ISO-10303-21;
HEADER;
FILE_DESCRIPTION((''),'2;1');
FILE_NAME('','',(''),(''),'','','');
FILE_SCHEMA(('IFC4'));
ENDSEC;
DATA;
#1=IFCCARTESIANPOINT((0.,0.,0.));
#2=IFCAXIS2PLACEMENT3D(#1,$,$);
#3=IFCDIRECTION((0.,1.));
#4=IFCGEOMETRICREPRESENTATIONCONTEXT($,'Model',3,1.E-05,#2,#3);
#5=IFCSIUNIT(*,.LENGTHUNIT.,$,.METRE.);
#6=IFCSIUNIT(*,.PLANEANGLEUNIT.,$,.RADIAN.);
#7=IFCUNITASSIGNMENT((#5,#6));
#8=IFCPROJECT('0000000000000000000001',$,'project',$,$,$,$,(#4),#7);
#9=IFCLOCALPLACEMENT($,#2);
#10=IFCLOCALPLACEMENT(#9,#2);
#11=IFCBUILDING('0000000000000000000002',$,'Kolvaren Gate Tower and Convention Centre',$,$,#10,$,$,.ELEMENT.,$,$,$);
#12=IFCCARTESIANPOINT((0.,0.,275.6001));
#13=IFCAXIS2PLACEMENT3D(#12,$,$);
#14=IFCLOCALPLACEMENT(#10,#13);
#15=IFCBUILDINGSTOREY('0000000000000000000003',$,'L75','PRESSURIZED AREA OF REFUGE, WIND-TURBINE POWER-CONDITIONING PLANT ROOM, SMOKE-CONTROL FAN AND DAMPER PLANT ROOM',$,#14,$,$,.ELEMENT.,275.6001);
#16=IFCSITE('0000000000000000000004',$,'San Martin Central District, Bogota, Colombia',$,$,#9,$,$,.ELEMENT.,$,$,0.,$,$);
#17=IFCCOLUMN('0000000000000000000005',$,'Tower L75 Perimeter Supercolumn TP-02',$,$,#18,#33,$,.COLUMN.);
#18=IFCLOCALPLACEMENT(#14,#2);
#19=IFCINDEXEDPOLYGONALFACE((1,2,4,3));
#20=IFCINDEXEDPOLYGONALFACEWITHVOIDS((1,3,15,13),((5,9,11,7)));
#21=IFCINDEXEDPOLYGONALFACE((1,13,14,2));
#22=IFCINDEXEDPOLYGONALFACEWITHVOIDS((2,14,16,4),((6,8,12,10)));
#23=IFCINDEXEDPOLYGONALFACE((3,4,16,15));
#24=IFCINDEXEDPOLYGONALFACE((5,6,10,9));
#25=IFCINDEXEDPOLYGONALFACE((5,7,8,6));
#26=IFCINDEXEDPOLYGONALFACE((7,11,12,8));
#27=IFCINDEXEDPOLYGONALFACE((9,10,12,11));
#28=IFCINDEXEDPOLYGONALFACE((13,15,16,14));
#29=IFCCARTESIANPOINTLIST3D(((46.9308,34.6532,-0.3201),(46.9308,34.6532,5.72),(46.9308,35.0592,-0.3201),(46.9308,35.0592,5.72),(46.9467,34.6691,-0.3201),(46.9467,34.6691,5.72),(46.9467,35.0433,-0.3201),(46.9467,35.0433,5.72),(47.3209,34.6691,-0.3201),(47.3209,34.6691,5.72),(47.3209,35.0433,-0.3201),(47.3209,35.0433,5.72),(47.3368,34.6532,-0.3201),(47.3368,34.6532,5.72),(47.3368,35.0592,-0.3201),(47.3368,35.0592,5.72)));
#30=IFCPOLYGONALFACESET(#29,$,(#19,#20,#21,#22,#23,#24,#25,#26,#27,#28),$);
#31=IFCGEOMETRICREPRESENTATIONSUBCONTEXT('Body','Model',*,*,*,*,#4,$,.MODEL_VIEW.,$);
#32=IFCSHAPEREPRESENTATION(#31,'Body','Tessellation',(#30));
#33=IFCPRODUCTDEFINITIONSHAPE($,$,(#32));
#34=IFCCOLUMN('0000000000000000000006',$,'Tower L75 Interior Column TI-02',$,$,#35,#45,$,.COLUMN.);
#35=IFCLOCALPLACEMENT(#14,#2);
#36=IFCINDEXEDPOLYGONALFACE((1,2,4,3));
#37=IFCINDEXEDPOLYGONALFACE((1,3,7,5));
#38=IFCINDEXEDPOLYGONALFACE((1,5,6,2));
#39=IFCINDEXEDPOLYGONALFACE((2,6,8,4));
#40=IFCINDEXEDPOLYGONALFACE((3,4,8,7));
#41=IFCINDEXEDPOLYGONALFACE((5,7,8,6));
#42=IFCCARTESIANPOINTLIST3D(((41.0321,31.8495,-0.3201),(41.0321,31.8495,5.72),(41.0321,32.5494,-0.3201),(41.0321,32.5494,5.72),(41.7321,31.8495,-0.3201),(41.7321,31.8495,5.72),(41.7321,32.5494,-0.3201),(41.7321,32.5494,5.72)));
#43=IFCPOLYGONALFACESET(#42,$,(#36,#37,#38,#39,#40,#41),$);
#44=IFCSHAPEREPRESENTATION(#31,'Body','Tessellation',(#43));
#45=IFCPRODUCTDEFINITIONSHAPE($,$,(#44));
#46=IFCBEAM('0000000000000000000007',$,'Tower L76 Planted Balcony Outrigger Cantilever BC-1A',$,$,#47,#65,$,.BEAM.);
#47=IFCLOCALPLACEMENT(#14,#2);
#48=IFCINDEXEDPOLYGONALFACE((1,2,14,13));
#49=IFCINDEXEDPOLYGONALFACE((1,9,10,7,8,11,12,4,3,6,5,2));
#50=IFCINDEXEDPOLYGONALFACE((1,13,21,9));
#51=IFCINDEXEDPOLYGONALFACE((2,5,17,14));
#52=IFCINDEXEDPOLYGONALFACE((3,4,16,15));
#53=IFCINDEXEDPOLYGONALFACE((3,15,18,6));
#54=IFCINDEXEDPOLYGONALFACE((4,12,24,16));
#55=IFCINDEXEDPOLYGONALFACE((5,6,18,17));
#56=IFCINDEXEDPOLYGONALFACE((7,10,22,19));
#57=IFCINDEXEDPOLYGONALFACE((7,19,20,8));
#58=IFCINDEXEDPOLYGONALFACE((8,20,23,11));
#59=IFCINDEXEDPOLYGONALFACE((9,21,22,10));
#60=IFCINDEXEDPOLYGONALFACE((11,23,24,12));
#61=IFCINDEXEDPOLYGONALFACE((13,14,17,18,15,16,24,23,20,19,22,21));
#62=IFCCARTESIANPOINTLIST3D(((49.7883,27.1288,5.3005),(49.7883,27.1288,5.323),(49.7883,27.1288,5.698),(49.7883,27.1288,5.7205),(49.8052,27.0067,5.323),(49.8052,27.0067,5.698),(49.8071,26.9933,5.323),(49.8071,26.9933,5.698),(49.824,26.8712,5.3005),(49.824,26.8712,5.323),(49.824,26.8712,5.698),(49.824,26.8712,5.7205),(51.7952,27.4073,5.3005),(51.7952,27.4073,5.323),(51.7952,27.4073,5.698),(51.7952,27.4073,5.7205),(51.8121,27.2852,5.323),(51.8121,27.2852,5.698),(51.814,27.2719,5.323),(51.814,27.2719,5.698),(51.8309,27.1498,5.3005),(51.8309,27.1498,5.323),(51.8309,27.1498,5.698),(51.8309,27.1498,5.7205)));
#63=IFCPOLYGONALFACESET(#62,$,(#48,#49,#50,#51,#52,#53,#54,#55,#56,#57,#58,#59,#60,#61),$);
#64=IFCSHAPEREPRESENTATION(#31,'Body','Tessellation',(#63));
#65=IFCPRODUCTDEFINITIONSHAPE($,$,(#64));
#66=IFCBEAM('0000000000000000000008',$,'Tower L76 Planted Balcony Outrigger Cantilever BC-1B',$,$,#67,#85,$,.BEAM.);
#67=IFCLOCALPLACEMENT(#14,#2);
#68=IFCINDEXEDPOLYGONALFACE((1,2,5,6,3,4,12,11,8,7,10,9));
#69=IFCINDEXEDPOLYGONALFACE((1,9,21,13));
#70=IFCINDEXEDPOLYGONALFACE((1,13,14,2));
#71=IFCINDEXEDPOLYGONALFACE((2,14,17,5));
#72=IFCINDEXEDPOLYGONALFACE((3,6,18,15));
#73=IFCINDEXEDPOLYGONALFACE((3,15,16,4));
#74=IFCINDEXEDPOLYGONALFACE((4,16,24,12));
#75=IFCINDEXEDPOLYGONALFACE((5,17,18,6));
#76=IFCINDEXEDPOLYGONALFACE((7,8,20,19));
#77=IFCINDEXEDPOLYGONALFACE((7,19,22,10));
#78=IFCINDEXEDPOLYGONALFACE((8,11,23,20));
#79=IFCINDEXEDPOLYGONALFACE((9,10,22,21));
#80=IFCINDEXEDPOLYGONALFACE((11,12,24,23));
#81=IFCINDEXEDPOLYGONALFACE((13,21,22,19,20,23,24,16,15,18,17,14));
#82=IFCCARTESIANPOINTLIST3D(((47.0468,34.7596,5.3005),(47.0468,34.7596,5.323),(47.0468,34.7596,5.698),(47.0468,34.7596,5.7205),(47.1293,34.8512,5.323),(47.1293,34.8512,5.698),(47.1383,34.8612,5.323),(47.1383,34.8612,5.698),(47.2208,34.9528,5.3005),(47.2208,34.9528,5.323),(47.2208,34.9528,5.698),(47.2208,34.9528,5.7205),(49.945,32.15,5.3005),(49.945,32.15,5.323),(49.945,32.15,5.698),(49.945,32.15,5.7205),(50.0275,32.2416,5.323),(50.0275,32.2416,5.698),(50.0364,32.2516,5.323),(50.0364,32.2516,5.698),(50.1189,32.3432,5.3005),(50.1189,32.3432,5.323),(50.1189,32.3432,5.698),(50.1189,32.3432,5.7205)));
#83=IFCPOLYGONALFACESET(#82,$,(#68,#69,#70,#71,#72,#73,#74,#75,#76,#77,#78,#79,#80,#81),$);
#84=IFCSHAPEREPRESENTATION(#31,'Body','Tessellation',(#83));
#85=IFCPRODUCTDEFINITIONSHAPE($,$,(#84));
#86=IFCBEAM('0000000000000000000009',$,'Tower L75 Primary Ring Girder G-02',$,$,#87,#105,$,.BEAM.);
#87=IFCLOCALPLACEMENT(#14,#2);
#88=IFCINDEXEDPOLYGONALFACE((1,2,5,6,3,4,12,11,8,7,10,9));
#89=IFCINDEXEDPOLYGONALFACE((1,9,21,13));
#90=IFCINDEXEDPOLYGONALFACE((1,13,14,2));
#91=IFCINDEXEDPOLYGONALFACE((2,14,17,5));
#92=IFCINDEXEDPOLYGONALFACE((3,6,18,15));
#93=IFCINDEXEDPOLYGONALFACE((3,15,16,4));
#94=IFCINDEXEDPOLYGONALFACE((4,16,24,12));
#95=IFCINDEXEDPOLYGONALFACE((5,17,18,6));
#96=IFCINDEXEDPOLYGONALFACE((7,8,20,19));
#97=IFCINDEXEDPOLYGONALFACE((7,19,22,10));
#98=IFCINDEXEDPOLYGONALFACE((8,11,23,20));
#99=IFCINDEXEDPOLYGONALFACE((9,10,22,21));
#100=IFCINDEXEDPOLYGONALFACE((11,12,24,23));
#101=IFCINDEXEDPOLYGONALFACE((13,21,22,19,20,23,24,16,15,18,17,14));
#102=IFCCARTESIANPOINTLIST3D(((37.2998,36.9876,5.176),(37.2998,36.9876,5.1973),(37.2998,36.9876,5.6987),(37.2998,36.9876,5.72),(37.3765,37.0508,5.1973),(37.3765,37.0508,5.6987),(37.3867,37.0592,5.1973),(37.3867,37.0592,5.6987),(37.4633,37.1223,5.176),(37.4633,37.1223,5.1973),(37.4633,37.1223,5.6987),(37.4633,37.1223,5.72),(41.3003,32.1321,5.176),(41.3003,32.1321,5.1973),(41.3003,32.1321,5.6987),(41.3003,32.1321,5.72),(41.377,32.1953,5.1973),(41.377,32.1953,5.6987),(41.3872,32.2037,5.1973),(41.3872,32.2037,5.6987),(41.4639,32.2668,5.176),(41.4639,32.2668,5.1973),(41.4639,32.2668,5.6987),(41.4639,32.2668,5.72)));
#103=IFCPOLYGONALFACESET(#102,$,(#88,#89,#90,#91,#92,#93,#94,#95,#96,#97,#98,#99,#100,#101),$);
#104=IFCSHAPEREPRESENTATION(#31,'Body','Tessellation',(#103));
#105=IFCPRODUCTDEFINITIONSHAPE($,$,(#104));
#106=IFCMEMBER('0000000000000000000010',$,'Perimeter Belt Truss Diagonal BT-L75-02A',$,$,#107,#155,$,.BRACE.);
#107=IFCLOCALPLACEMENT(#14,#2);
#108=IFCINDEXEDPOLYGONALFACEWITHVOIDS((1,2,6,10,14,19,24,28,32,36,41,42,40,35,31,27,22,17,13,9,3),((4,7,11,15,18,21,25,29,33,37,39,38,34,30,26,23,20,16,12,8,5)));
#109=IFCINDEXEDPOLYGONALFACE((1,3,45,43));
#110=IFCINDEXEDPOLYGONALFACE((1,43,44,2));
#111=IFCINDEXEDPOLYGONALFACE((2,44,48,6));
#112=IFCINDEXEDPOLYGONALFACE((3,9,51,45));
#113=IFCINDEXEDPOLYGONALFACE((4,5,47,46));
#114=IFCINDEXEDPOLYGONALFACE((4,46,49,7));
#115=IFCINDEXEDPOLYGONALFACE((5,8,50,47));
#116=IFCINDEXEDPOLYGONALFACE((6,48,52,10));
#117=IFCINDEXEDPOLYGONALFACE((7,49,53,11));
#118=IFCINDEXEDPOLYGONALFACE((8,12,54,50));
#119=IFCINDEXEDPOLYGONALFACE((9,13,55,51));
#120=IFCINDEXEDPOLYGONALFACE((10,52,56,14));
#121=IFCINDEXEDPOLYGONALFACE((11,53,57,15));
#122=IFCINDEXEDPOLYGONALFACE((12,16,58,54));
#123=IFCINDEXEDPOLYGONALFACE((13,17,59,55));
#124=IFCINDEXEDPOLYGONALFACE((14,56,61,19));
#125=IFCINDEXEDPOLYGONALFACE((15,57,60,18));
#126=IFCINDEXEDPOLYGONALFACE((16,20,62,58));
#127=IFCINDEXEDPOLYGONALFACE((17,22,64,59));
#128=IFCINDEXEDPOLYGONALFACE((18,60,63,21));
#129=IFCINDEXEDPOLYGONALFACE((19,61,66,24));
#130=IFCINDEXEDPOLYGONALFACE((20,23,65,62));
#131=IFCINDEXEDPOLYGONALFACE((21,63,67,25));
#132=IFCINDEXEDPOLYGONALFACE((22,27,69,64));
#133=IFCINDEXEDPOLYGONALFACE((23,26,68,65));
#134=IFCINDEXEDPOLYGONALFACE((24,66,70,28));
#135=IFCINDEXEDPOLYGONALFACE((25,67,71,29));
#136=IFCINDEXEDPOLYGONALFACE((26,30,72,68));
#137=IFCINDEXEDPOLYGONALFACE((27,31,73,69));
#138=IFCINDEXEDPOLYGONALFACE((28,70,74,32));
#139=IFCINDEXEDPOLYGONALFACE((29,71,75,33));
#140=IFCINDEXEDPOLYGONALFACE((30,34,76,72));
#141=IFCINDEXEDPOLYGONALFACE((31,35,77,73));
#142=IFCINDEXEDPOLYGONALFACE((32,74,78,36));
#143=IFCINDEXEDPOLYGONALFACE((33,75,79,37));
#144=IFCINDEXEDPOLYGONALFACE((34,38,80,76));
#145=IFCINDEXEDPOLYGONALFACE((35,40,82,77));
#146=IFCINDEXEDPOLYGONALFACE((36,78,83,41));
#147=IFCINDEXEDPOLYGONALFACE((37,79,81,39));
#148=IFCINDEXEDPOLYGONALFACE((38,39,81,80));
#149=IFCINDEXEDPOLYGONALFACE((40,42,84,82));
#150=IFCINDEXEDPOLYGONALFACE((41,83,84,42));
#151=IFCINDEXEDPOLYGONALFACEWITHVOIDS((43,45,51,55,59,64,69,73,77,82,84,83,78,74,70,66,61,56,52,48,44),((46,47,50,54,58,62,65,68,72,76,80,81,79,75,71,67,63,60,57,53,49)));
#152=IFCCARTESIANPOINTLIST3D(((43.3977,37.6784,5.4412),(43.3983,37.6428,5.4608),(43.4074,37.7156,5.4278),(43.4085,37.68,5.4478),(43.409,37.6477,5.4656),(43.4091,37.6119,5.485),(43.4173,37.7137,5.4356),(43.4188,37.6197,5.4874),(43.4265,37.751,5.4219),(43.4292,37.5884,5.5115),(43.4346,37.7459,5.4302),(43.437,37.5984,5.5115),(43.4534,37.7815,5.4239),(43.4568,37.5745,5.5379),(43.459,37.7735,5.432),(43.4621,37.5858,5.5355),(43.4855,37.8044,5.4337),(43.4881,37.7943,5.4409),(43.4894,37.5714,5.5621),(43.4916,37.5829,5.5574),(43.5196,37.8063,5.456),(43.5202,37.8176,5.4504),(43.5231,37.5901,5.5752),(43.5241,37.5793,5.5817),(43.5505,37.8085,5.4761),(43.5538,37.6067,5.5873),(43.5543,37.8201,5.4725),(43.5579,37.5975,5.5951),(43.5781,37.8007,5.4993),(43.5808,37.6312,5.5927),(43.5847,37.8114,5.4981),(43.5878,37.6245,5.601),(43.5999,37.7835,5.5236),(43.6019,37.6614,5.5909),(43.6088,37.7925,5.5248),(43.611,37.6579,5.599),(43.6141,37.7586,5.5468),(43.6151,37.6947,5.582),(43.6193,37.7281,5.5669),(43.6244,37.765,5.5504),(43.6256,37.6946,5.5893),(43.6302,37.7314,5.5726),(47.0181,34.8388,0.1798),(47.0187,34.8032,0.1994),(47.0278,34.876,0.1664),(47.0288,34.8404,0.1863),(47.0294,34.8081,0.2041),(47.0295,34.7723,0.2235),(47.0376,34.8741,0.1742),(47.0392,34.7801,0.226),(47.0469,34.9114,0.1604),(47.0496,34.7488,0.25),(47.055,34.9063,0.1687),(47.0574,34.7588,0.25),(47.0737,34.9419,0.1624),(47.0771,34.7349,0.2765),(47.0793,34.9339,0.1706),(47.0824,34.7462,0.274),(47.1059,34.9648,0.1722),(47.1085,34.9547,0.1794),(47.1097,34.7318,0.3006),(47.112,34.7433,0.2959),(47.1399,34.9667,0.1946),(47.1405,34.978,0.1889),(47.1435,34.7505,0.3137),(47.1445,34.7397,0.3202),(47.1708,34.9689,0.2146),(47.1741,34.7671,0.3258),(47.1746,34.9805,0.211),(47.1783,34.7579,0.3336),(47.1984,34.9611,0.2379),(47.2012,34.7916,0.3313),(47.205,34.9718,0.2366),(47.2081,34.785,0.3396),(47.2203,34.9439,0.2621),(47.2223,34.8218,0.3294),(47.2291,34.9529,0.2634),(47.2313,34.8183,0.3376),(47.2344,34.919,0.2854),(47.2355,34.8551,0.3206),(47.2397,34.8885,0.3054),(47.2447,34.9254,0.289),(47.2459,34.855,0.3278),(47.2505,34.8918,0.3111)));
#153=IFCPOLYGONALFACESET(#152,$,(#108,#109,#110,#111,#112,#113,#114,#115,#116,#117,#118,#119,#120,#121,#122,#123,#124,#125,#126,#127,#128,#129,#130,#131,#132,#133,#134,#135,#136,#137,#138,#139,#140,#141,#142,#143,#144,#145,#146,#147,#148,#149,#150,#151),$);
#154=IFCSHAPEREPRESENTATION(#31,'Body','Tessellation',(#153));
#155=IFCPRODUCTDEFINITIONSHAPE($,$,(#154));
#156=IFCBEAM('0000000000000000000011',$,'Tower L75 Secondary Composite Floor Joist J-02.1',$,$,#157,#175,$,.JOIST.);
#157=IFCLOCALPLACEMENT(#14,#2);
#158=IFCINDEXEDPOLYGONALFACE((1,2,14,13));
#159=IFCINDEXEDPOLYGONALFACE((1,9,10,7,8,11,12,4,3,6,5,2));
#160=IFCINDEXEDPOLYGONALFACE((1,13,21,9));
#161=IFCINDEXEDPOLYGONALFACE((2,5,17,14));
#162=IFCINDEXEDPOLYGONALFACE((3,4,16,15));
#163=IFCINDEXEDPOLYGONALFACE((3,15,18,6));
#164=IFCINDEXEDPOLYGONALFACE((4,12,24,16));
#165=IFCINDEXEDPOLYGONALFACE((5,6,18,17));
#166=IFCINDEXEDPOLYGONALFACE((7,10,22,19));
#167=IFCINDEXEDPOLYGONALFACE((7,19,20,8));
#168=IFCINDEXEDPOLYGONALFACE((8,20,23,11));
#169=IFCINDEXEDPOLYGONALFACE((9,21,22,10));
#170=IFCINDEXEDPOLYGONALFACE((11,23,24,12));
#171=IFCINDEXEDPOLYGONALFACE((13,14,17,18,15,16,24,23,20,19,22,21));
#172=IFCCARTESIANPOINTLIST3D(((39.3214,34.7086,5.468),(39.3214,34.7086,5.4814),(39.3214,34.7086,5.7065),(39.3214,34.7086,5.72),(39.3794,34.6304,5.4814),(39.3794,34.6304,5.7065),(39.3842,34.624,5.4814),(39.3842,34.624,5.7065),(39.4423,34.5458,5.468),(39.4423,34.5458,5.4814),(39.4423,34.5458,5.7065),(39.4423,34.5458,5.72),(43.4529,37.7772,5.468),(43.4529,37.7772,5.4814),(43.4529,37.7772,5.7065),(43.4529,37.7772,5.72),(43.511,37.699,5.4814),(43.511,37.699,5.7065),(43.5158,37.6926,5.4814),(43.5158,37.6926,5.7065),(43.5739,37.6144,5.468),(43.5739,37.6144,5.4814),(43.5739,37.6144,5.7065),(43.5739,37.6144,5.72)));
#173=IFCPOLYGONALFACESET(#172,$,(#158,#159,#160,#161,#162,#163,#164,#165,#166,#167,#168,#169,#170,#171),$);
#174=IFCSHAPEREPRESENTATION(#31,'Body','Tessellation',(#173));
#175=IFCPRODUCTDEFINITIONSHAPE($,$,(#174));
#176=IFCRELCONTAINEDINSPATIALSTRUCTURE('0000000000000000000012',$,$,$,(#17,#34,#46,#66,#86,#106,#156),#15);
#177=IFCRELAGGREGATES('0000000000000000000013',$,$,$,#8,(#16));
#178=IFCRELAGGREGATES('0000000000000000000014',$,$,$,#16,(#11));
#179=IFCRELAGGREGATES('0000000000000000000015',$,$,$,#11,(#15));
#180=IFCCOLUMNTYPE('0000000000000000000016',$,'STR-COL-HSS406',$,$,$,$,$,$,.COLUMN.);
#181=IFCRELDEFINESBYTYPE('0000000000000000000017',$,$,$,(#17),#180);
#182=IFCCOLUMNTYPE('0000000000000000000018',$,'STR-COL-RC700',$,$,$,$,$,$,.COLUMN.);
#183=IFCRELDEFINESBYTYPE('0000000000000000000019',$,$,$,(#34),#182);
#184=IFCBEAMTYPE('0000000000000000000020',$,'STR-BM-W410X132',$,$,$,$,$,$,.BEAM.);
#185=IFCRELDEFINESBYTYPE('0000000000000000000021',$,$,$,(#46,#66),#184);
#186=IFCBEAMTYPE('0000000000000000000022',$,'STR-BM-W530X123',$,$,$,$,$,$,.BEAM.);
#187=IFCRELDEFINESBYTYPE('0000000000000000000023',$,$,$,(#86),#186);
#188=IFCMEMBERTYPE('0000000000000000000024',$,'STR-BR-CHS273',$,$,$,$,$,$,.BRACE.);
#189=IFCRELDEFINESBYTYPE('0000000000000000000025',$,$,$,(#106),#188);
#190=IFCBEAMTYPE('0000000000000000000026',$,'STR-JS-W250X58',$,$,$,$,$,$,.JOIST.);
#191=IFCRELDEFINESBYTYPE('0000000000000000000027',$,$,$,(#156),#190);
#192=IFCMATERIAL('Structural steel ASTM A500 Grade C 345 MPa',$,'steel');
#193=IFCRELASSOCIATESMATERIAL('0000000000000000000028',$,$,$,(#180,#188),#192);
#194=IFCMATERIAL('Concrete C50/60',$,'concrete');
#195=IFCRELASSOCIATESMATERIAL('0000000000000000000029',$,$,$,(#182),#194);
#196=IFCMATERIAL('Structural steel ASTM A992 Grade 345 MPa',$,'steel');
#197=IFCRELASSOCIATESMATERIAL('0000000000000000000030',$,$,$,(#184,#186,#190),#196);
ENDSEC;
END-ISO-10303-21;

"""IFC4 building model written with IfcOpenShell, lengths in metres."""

from ifc_helpers import new_model, si_unit, direction, frame, origin, origin_2d, place, context, subcontext, project, spatial, rectangle, hollow_rectangle, hollow_circle, i_section, extrude, material, material_profile, profile_set, type_object, element, save


model = new_model("IFC4")

# Units and contexts
model_context = context("Model", 3, precision=1e-05, world=origin(), true_north=direction((0.0, 1.0)))
body_context = subcontext(model_context, "Body", "Model", "MODEL_VIEW")
ifc_project = project(units=[si_unit("LENGTHUNIT", "METRE"), si_unit("PLANEANGLEUNIT", "RADIAN")], contexts=[model_context])

# Site, building, storey
site_placement = place(None, origin())
site = spatial("IfcSite", under=ifc_project, at=site_placement, Name="San Martin Central District, Bogota, Colombia", CompositionType="ELEMENT", RefElevation=0.0)
building_placement = place(site_placement, origin())
building = spatial("IfcBuilding", under=site, at=building_placement, Name="Kolvaren Gate Tower and Convention Centre", CompositionType="ELEMENT")
storey_placement = place(building_placement, frame((0.0, 0.0, 275.6001)))
storey = spatial("IfcBuildingStorey", under=building, at=storey_placement, Name="L75", Description="PRESSURIZED AREA OF REFUGE, WIND-TURBINE POWER-CONDITIONING PLANT ROOM, SMOKE-CONTROL FAN AND DAMPER PLANT ROOM", CompositionType="ELEMENT", Elevation=275.6001)

# Columns
ifc_material_1 = material(Name="Structural steel ASTM A500 Grade C 345 MPa", Category="steel")
ifc_material_profile_1 = material_profile(ifc_material_1, hollow_rectangle(XDim=0.406, YDim=0.406, WallThickness=0.0159, at=origin_2d()), Name="HSS406X406X15.9")
ifc_profile_set_1 = profile_set([ifc_material_profile_1], Name="Structural steel ASTM A500 Grade C 345 MPa")
column_type_1 = type_object("IfcColumnType", Name="STR-COL-HSS406", PredefinedType="COLUMN", material=ifc_profile_set_1)
column_1_placement = place(storey_placement, frame((47.1338, 34.8562, -0.3201), z_axis=(0.0, 0.0, 1.0), x_axis=(1.0, 0.0, 0.0)))
element("IfcColumn", 1, at=column_1_placement, inside=storey, type_object=column_type_1, Name="Tower L75 Perimeter Supercolumn TP-02", PredefinedType="COLUMN", context=body_context, shape_type="SweptSolid", body=[
    extrude(hollow_rectangle(XDim=0.406, YDim=0.406, WallThickness=0.0159, at=origin_2d()), origin(), (0.0, 0.0, 1.0), 6.04),
])
ifc_material_2 = material(Name="Concrete C50/60", Category="concrete")
ifc_material_profile_2 = material_profile(ifc_material_2, rectangle(XDim=0.7, YDim=0.7, at=origin_2d()), Name="RC-COL-700X700")
ifc_profile_set_2 = profile_set([ifc_material_profile_2], Name="Concrete C50/60")
column_type_2 = type_object("IfcColumnType", Name="STR-COL-RC700", PredefinedType="COLUMN", material=ifc_profile_set_2)
column_2_placement = place(storey_placement, frame((41.3821, 32.1995, -0.3201), z_axis=(0.0, 0.0, 1.0), x_axis=(1.0, 0.0, 0.0)))
element("IfcColumn", 2, at=column_2_placement, inside=storey, type_object=column_type_2, Name="Tower L75 Interior Column TI-02", PredefinedType="COLUMN", context=body_context, shape_type="SweptSolid", body=[
    extrude(rectangle(XDim=0.7, YDim=0.7, at=origin_2d()), origin(), (0.0, 0.0, 1.0), 6.04),
])

# Beams
ifc_material_3 = material(Name="Structural steel ASTM A992 Grade 345 MPa", Category="steel")
ifc_material_profile_3 = material_profile(ifc_material_3, i_section(OverallWidth=0.26, OverallDepth=0.4199, WebThickness=0.0134, FlangeThickness=0.0225, at=origin_2d()), Name="W410X132")
ifc_profile_set_3 = profile_set([ifc_material_profile_3], Name="Structural steel ASTM A992 Grade 345 MPa")
beam_type_1 = type_object("IfcBeamType", Name="STR-BM-W410X132", PredefinedType="BEAM", material=ifc_profile_set_3)
beam_1_placement = place(storey_placement, frame((49.8062, 27.0, 5.5105), z_axis=(0.990503, 0.13749, 0.0), x_axis=(-0.13749, 0.990503, 0.0)))
element("IfcBeam", 3, at=beam_1_placement, inside=storey, type_object=beam_type_1, Name="Tower L76 Planted Balcony Outrigger Cantilever BC-1A", PredefinedType="BEAM", context=body_context, shape_type="SweptSolid", body=[
    extrude(i_section(OverallWidth=0.26, OverallDepth=0.4199, WebThickness=0.0134, FlangeThickness=0.0225, at=origin_2d()), origin(), (0.0, 0.0, 1.0), 2.0261),
])
beam_2_placement = place(storey_placement, frame((47.1338, 34.8562, 5.5105), z_axis=(0.743135, -0.669141, 0.0), x_axis=(0.669141, 0.743135, 0.0)))
element("IfcBeam", 4, at=beam_2_placement, inside=storey, type_object=beam_type_1, Name="Tower L76 Planted Balcony Outrigger Cantilever BC-1B", PredefinedType="BEAM", context=body_context, shape_type="SweptSolid", body=[
    extrude(i_section(OverallWidth=0.26, OverallDepth=0.4199, WebThickness=0.0134, FlangeThickness=0.0225, at=origin_2d()), origin(), (0.0, 0.0, 1.0), 3.8999),
])
ifc_material_profile_4 = material_profile(ifc_material_3, i_section(OverallWidth=0.2119, OverallDepth=0.5439, WebThickness=0.0132, FlangeThickness=0.0212, at=origin_2d()), Name="W530X123")
ifc_profile_set_4 = profile_set([ifc_material_profile_4], Name="Structural steel ASTM A992 Grade 345 MPa")
beam_type_2 = type_object("IfcBeamType", Name="STR-BM-W530X123", PredefinedType="BEAM", material=ifc_profile_set_4)
beam_3_placement = place(storey_placement, frame((41.3821, 32.1995, 5.448), z_axis=(-0.635884, 0.771785, 0.0), x_axis=(-0.771785, -0.635884, 0.0)))
element("IfcBeam", 5, at=beam_3_placement, inside=storey, type_object=beam_type_2, Name="Tower L75 Primary Ring Girder G-02", PredefinedType="BEAM", context=body_context, shape_type="SweptSolid", body=[
    extrude(i_section(OverallWidth=0.2119, OverallDepth=0.5439, WebThickness=0.0132, FlangeThickness=0.0212, at=origin_2d()), origin(), (0.0, 0.0, 1.0), 6.2913),
])

# Member
ifc_material_profile_5 = material_profile(ifc_material_1, hollow_circle(Radius=0.1365, WallThickness=0.0127, at=origin_2d()), Name="CHS273X12.7")
ifc_profile_set_5 = profile_set([ifc_material_profile_5], Name="Structural steel ASTM A500 Grade C 345 MPa")
member_type_1 = type_object("IfcMemberType", Name="STR-BR-CHS273", PredefinedType="BRACE", material=ifc_profile_set_5)
member_1_placement = place(storey_placement, frame((47.1338, 34.8562, 0.25), z_axis=(-0.51797, 0.406265, 0.752766), x_axis=(-0.617153, -0.786843, 0.0)))
element("IfcMember", 6, at=member_1_placement, inside=storey, type_object=member_type_1, Name="Perimeter Belt Truss Diagonal BT-L75-02A", PredefinedType="BRACE", context=body_context, shape_type="SweptSolid", body=[
    extrude(hollow_circle(Radius=0.1365, WallThickness=0.0127, at=origin_2d()), origin(), (0.0, 0.0, 1.0), 6.9895),
])

# Beam
ifc_material_profile_6 = material_profile(ifc_material_3, i_section(OverallWidth=0.2029, OverallDepth=0.252, WebThickness=0.0081, FlangeThickness=0.0134, at=origin_2d()), Name="W250X58")
ifc_profile_set_6 = profile_set([ifc_material_profile_6], Name="Structural steel ASTM A992 Grade 345 MPa")
beam_type_3 = type_object("IfcBeamType", Name="STR-JS-W250X58", PredefinedType="JOIST", material=ifc_profile_set_6)
beam_4_placement = place(storey_placement, frame((39.3818, 34.6272, 5.594), z_axis=(0.802798, 0.596252, 0.0), x_axis=(-0.596252, 0.802798, 0.0)))
element("IfcBeam", 7, at=beam_4_placement, inside=storey, type_object=beam_type_3, Name="Tower L75 Secondary Composite Floor Joist J-02.1", PredefinedType="JOIST", context=body_context, shape_type="SweptSolid", body=[
    extrude(i_section(OverallWidth=0.2029, OverallDepth=0.252, WebThickness=0.0081, FlangeThickness=0.0134, at=origin_2d()), origin(), (0.0, 0.0, 1.0), 5.1465),
])

save(model, "model.ifc")
